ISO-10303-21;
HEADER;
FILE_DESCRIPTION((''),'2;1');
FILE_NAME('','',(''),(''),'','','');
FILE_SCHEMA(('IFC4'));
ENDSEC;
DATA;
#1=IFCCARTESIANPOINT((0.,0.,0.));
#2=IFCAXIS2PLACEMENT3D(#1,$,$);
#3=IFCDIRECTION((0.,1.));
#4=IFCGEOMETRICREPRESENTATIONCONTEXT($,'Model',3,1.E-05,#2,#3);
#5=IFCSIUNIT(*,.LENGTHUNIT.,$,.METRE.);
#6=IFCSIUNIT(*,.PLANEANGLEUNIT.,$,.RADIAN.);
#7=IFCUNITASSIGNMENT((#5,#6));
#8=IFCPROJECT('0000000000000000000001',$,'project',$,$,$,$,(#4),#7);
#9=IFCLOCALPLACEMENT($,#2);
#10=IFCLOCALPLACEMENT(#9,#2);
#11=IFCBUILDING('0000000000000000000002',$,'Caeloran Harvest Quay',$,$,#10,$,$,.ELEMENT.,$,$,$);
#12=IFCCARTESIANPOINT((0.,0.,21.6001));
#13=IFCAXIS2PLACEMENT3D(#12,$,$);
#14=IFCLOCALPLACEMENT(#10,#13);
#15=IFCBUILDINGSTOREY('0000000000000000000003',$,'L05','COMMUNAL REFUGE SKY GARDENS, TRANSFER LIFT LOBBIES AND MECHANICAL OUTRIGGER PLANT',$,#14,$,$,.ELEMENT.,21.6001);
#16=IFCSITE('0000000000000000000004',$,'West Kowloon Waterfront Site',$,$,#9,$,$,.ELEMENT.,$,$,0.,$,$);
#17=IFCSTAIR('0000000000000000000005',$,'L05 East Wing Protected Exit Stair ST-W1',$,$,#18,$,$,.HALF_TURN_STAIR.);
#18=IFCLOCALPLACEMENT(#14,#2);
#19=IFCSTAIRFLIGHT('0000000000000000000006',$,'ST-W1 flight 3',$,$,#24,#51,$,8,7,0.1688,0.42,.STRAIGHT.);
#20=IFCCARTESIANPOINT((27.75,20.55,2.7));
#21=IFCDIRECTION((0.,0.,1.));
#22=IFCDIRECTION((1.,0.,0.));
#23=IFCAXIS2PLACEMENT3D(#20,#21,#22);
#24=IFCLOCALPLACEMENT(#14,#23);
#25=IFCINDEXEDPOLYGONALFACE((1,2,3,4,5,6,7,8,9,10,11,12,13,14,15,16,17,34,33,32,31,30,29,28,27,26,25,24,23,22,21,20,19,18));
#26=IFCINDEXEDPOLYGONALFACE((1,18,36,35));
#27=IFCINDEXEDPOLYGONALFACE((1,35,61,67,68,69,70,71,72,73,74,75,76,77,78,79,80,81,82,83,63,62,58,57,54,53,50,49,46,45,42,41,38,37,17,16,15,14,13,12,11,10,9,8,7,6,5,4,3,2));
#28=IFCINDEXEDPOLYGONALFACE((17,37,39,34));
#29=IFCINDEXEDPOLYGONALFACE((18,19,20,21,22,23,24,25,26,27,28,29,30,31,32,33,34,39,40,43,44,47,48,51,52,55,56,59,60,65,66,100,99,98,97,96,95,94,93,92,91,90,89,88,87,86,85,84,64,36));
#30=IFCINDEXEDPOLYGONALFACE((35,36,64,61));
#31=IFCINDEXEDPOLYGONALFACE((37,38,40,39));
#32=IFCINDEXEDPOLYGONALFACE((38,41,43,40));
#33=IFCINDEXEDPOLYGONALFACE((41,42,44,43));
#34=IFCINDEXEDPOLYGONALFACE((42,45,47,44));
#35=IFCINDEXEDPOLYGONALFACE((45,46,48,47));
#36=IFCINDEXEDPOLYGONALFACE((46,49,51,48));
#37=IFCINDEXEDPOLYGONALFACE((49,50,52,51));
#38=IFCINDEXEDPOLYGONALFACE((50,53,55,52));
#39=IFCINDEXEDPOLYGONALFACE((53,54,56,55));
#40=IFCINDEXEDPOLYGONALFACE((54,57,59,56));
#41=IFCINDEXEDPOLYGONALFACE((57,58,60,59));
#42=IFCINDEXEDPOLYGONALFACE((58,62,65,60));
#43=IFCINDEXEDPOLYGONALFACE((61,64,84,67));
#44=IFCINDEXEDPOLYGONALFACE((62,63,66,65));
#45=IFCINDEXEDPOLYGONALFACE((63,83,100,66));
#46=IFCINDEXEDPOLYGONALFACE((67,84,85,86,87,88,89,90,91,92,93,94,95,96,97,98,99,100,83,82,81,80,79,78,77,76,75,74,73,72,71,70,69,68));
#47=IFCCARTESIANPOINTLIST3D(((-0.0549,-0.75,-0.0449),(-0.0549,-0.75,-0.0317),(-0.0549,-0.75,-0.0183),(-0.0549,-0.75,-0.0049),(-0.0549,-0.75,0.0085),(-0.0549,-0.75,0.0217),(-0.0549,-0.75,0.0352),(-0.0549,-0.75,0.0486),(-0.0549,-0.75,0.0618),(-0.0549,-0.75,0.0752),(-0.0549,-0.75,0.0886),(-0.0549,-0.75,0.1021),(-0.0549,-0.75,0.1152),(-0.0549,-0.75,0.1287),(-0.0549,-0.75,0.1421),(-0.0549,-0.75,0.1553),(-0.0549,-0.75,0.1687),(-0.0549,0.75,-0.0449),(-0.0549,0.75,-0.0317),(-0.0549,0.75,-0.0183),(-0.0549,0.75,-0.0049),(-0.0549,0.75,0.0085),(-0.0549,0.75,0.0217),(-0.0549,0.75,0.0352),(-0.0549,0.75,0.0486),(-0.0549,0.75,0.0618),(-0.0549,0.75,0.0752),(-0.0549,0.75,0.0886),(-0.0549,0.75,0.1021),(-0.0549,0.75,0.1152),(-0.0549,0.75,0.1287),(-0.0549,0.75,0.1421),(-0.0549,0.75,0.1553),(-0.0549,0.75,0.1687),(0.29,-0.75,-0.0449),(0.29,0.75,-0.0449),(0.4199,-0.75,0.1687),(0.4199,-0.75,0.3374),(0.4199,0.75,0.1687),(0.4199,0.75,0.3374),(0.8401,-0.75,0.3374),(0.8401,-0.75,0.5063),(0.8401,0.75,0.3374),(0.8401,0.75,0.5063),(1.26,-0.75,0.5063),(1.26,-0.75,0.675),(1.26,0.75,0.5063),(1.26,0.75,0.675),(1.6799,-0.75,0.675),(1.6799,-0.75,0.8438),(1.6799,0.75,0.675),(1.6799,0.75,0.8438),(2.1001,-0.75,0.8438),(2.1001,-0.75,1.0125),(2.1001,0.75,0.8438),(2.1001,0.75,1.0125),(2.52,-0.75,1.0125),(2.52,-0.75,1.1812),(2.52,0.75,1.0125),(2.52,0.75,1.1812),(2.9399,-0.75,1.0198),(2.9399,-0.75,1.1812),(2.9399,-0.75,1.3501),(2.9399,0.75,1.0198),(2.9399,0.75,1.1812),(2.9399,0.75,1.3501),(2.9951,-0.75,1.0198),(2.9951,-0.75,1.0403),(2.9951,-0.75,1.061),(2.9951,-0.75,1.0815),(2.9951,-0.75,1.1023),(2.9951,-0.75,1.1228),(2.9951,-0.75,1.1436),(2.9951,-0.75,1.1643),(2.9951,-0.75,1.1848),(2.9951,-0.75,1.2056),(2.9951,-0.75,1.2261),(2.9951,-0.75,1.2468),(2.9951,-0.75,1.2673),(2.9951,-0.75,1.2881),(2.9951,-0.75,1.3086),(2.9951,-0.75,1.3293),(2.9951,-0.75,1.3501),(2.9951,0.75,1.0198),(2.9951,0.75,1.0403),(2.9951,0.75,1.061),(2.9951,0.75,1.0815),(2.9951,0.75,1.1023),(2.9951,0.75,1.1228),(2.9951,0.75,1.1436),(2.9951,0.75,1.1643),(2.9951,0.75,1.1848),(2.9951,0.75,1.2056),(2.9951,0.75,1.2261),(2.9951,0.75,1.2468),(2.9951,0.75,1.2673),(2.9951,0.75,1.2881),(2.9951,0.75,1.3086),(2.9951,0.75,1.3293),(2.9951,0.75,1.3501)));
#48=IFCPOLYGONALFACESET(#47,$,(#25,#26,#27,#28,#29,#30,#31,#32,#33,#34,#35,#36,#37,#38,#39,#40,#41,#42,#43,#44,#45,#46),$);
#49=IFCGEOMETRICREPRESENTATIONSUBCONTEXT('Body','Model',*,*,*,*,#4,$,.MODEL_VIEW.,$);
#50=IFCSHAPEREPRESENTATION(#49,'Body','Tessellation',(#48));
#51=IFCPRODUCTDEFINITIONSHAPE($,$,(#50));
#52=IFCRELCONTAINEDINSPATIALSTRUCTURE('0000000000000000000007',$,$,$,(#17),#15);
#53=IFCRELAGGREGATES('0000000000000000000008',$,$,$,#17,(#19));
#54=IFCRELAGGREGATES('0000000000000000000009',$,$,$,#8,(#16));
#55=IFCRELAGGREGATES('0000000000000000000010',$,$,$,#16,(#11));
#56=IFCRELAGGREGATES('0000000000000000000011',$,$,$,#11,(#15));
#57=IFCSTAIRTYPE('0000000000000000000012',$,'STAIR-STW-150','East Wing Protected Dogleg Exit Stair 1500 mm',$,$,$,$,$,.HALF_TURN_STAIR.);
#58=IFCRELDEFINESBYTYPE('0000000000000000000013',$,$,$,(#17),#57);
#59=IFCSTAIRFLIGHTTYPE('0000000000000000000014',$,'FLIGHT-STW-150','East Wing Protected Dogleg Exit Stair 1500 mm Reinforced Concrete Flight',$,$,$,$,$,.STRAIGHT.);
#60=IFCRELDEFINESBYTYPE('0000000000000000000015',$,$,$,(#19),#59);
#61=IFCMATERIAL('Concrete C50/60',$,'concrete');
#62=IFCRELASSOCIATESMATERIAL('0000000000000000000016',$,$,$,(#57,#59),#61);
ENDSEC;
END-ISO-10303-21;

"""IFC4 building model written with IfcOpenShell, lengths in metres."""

from ifc_helpers import new_model, si_unit, direction, frame, origin, place, context, subcontext, project, spatial, polyline, outline, extrude, material, type_object, element, aggregate, save


model = new_model("IFC4")

# Units and contexts
model_context = context("Model", 3, precision=1e-05, world=origin(), true_north=direction((0.0, 1.0)))
body_context = subcontext(model_context, "Body", "Model", "MODEL_VIEW")
ifc_project = project(units=[si_unit("LENGTHUNIT", "METRE"), si_unit("PLANEANGLEUNIT", "RADIAN")], contexts=[model_context])

# Site, building, storey
site_placement = place(None, origin())
site = spatial("IfcSite", under=ifc_project, at=site_placement, Name="West Kowloon Waterfront Site", CompositionType="ELEMENT", RefElevation=0.0)
building_placement = place(site_placement, origin())
building = spatial("IfcBuilding", under=site, at=building_placement, Name="Caeloran Harvest Quay", CompositionType="ELEMENT")
storey_placement = place(building_placement, frame((0.0, 0.0, 21.6001)))
storey = spatial("IfcBuildingStorey", under=building, at=storey_placement, Name="L05", Description="COMMUNAL REFUGE SKY GARDENS, TRANSFER LIFT LOBBIES AND MECHANICAL OUTRIGGER PLANT", CompositionType="ELEMENT", Elevation=21.6001)

# Stair, stair flight
ifc_material_1 = material(Name="Concrete C50/60", Category="concrete")
stair_type = type_object("IfcStairType", Name="STAIR-STW-150", Description="East Wing Protected Dogleg Exit Stair 1500 mm", PredefinedType="HALF_TURN_STAIR", material=ifc_material_1)
stair_placement = place(storey_placement, origin())
stair = element("IfcStair", 1, at=stair_placement, inside=storey, type_object=stair_type, Name="L05 East Wing Protected Exit Stair ST-W1", PredefinedType="HALF_TURN_STAIR")
stair_flight_type = type_object("IfcStairFlightType", Name="FLIGHT-STW-150", Description="East Wing Protected Dogleg Exit Stair 1500 mm Reinforced Concrete Flight", PredefinedType="STRAIGHT", material=ifc_material_1)
stair_flight_1_placement = place(storey_placement, frame((27.75, 20.55, 2.7), z_axis=(0.0, 0.0, 1.0), x_axis=(1.0, 0.0, 0.0)))
stair_flight_1 = element("IfcStairFlight", 2, at=stair_flight_1_placement, type_object=stair_flight_type, Name="ST-W1 flight 3", NumberOfRisers=8, NumberOfTreads=7, PredefinedType="STRAIGHT", RiserHeight=0.1688, TreadLength=0.42, context=body_context, shape_type="SweptSolid", body=[
    extrude(outline(polyline([(-0.0549, -0.0449), (-0.0549, -0.0317), (-0.0549, -0.0183), (-0.0549, -0.0049), (-0.0549, 0.0085), (-0.0549, 0.0217), (-0.0549, 0.0352), (-0.0549, 0.0486), (-0.0549, 0.0618), (-0.0549, 0.0752), (-0.0549, 0.0886), (-0.0549, 0.1021), (-0.0549, 0.1152), (-0.0549, 0.1287), (-0.0549, 0.1421), (-0.0549, 0.1553), (-0.0549, 0.1687), (0.4199, 0.1687), (0.4199, 0.3374), (0.8401, 0.3374), (0.8401, 0.5063), (1.26, 0.5063), (1.26, 0.675), (1.6799, 0.675), (1.6799, 0.8438), (2.1001, 0.8438), (2.1001, 1.0125), (2.52, 1.0125), (2.52, 1.1812), (2.9399, 1.1812), (2.9399, 1.3501), (2.9951, 1.3501), (2.9951, 1.3293), (2.9951, 1.3086), (2.9951, 1.2881), (2.9951, 1.2673), (2.9951, 1.2468), (2.9951, 1.2261), (2.9951, 1.2056), (2.9951, 1.1848), (2.9951, 1.1643), (2.9951, 1.1436), (2.9951, 1.1228), (2.9951, 1.1023), (2.9951, 1.0815), (2.9951, 1.061), (2.9951, 1.0403), (2.9951, 1.0198), (2.9399, 1.0198), (0.29, -0.0449), (-0.0549, -0.0449)])), frame((0.0, 0.75, 0.0), z_axis=(0.0, -1.0, 0.0), x_axis=(1.0, 0.0, 0.0)), (0.0, 0.0, 1.0), 1.5),
])
aggregate(stair, [stair_flight_1])

save(model, "model.ifc")
